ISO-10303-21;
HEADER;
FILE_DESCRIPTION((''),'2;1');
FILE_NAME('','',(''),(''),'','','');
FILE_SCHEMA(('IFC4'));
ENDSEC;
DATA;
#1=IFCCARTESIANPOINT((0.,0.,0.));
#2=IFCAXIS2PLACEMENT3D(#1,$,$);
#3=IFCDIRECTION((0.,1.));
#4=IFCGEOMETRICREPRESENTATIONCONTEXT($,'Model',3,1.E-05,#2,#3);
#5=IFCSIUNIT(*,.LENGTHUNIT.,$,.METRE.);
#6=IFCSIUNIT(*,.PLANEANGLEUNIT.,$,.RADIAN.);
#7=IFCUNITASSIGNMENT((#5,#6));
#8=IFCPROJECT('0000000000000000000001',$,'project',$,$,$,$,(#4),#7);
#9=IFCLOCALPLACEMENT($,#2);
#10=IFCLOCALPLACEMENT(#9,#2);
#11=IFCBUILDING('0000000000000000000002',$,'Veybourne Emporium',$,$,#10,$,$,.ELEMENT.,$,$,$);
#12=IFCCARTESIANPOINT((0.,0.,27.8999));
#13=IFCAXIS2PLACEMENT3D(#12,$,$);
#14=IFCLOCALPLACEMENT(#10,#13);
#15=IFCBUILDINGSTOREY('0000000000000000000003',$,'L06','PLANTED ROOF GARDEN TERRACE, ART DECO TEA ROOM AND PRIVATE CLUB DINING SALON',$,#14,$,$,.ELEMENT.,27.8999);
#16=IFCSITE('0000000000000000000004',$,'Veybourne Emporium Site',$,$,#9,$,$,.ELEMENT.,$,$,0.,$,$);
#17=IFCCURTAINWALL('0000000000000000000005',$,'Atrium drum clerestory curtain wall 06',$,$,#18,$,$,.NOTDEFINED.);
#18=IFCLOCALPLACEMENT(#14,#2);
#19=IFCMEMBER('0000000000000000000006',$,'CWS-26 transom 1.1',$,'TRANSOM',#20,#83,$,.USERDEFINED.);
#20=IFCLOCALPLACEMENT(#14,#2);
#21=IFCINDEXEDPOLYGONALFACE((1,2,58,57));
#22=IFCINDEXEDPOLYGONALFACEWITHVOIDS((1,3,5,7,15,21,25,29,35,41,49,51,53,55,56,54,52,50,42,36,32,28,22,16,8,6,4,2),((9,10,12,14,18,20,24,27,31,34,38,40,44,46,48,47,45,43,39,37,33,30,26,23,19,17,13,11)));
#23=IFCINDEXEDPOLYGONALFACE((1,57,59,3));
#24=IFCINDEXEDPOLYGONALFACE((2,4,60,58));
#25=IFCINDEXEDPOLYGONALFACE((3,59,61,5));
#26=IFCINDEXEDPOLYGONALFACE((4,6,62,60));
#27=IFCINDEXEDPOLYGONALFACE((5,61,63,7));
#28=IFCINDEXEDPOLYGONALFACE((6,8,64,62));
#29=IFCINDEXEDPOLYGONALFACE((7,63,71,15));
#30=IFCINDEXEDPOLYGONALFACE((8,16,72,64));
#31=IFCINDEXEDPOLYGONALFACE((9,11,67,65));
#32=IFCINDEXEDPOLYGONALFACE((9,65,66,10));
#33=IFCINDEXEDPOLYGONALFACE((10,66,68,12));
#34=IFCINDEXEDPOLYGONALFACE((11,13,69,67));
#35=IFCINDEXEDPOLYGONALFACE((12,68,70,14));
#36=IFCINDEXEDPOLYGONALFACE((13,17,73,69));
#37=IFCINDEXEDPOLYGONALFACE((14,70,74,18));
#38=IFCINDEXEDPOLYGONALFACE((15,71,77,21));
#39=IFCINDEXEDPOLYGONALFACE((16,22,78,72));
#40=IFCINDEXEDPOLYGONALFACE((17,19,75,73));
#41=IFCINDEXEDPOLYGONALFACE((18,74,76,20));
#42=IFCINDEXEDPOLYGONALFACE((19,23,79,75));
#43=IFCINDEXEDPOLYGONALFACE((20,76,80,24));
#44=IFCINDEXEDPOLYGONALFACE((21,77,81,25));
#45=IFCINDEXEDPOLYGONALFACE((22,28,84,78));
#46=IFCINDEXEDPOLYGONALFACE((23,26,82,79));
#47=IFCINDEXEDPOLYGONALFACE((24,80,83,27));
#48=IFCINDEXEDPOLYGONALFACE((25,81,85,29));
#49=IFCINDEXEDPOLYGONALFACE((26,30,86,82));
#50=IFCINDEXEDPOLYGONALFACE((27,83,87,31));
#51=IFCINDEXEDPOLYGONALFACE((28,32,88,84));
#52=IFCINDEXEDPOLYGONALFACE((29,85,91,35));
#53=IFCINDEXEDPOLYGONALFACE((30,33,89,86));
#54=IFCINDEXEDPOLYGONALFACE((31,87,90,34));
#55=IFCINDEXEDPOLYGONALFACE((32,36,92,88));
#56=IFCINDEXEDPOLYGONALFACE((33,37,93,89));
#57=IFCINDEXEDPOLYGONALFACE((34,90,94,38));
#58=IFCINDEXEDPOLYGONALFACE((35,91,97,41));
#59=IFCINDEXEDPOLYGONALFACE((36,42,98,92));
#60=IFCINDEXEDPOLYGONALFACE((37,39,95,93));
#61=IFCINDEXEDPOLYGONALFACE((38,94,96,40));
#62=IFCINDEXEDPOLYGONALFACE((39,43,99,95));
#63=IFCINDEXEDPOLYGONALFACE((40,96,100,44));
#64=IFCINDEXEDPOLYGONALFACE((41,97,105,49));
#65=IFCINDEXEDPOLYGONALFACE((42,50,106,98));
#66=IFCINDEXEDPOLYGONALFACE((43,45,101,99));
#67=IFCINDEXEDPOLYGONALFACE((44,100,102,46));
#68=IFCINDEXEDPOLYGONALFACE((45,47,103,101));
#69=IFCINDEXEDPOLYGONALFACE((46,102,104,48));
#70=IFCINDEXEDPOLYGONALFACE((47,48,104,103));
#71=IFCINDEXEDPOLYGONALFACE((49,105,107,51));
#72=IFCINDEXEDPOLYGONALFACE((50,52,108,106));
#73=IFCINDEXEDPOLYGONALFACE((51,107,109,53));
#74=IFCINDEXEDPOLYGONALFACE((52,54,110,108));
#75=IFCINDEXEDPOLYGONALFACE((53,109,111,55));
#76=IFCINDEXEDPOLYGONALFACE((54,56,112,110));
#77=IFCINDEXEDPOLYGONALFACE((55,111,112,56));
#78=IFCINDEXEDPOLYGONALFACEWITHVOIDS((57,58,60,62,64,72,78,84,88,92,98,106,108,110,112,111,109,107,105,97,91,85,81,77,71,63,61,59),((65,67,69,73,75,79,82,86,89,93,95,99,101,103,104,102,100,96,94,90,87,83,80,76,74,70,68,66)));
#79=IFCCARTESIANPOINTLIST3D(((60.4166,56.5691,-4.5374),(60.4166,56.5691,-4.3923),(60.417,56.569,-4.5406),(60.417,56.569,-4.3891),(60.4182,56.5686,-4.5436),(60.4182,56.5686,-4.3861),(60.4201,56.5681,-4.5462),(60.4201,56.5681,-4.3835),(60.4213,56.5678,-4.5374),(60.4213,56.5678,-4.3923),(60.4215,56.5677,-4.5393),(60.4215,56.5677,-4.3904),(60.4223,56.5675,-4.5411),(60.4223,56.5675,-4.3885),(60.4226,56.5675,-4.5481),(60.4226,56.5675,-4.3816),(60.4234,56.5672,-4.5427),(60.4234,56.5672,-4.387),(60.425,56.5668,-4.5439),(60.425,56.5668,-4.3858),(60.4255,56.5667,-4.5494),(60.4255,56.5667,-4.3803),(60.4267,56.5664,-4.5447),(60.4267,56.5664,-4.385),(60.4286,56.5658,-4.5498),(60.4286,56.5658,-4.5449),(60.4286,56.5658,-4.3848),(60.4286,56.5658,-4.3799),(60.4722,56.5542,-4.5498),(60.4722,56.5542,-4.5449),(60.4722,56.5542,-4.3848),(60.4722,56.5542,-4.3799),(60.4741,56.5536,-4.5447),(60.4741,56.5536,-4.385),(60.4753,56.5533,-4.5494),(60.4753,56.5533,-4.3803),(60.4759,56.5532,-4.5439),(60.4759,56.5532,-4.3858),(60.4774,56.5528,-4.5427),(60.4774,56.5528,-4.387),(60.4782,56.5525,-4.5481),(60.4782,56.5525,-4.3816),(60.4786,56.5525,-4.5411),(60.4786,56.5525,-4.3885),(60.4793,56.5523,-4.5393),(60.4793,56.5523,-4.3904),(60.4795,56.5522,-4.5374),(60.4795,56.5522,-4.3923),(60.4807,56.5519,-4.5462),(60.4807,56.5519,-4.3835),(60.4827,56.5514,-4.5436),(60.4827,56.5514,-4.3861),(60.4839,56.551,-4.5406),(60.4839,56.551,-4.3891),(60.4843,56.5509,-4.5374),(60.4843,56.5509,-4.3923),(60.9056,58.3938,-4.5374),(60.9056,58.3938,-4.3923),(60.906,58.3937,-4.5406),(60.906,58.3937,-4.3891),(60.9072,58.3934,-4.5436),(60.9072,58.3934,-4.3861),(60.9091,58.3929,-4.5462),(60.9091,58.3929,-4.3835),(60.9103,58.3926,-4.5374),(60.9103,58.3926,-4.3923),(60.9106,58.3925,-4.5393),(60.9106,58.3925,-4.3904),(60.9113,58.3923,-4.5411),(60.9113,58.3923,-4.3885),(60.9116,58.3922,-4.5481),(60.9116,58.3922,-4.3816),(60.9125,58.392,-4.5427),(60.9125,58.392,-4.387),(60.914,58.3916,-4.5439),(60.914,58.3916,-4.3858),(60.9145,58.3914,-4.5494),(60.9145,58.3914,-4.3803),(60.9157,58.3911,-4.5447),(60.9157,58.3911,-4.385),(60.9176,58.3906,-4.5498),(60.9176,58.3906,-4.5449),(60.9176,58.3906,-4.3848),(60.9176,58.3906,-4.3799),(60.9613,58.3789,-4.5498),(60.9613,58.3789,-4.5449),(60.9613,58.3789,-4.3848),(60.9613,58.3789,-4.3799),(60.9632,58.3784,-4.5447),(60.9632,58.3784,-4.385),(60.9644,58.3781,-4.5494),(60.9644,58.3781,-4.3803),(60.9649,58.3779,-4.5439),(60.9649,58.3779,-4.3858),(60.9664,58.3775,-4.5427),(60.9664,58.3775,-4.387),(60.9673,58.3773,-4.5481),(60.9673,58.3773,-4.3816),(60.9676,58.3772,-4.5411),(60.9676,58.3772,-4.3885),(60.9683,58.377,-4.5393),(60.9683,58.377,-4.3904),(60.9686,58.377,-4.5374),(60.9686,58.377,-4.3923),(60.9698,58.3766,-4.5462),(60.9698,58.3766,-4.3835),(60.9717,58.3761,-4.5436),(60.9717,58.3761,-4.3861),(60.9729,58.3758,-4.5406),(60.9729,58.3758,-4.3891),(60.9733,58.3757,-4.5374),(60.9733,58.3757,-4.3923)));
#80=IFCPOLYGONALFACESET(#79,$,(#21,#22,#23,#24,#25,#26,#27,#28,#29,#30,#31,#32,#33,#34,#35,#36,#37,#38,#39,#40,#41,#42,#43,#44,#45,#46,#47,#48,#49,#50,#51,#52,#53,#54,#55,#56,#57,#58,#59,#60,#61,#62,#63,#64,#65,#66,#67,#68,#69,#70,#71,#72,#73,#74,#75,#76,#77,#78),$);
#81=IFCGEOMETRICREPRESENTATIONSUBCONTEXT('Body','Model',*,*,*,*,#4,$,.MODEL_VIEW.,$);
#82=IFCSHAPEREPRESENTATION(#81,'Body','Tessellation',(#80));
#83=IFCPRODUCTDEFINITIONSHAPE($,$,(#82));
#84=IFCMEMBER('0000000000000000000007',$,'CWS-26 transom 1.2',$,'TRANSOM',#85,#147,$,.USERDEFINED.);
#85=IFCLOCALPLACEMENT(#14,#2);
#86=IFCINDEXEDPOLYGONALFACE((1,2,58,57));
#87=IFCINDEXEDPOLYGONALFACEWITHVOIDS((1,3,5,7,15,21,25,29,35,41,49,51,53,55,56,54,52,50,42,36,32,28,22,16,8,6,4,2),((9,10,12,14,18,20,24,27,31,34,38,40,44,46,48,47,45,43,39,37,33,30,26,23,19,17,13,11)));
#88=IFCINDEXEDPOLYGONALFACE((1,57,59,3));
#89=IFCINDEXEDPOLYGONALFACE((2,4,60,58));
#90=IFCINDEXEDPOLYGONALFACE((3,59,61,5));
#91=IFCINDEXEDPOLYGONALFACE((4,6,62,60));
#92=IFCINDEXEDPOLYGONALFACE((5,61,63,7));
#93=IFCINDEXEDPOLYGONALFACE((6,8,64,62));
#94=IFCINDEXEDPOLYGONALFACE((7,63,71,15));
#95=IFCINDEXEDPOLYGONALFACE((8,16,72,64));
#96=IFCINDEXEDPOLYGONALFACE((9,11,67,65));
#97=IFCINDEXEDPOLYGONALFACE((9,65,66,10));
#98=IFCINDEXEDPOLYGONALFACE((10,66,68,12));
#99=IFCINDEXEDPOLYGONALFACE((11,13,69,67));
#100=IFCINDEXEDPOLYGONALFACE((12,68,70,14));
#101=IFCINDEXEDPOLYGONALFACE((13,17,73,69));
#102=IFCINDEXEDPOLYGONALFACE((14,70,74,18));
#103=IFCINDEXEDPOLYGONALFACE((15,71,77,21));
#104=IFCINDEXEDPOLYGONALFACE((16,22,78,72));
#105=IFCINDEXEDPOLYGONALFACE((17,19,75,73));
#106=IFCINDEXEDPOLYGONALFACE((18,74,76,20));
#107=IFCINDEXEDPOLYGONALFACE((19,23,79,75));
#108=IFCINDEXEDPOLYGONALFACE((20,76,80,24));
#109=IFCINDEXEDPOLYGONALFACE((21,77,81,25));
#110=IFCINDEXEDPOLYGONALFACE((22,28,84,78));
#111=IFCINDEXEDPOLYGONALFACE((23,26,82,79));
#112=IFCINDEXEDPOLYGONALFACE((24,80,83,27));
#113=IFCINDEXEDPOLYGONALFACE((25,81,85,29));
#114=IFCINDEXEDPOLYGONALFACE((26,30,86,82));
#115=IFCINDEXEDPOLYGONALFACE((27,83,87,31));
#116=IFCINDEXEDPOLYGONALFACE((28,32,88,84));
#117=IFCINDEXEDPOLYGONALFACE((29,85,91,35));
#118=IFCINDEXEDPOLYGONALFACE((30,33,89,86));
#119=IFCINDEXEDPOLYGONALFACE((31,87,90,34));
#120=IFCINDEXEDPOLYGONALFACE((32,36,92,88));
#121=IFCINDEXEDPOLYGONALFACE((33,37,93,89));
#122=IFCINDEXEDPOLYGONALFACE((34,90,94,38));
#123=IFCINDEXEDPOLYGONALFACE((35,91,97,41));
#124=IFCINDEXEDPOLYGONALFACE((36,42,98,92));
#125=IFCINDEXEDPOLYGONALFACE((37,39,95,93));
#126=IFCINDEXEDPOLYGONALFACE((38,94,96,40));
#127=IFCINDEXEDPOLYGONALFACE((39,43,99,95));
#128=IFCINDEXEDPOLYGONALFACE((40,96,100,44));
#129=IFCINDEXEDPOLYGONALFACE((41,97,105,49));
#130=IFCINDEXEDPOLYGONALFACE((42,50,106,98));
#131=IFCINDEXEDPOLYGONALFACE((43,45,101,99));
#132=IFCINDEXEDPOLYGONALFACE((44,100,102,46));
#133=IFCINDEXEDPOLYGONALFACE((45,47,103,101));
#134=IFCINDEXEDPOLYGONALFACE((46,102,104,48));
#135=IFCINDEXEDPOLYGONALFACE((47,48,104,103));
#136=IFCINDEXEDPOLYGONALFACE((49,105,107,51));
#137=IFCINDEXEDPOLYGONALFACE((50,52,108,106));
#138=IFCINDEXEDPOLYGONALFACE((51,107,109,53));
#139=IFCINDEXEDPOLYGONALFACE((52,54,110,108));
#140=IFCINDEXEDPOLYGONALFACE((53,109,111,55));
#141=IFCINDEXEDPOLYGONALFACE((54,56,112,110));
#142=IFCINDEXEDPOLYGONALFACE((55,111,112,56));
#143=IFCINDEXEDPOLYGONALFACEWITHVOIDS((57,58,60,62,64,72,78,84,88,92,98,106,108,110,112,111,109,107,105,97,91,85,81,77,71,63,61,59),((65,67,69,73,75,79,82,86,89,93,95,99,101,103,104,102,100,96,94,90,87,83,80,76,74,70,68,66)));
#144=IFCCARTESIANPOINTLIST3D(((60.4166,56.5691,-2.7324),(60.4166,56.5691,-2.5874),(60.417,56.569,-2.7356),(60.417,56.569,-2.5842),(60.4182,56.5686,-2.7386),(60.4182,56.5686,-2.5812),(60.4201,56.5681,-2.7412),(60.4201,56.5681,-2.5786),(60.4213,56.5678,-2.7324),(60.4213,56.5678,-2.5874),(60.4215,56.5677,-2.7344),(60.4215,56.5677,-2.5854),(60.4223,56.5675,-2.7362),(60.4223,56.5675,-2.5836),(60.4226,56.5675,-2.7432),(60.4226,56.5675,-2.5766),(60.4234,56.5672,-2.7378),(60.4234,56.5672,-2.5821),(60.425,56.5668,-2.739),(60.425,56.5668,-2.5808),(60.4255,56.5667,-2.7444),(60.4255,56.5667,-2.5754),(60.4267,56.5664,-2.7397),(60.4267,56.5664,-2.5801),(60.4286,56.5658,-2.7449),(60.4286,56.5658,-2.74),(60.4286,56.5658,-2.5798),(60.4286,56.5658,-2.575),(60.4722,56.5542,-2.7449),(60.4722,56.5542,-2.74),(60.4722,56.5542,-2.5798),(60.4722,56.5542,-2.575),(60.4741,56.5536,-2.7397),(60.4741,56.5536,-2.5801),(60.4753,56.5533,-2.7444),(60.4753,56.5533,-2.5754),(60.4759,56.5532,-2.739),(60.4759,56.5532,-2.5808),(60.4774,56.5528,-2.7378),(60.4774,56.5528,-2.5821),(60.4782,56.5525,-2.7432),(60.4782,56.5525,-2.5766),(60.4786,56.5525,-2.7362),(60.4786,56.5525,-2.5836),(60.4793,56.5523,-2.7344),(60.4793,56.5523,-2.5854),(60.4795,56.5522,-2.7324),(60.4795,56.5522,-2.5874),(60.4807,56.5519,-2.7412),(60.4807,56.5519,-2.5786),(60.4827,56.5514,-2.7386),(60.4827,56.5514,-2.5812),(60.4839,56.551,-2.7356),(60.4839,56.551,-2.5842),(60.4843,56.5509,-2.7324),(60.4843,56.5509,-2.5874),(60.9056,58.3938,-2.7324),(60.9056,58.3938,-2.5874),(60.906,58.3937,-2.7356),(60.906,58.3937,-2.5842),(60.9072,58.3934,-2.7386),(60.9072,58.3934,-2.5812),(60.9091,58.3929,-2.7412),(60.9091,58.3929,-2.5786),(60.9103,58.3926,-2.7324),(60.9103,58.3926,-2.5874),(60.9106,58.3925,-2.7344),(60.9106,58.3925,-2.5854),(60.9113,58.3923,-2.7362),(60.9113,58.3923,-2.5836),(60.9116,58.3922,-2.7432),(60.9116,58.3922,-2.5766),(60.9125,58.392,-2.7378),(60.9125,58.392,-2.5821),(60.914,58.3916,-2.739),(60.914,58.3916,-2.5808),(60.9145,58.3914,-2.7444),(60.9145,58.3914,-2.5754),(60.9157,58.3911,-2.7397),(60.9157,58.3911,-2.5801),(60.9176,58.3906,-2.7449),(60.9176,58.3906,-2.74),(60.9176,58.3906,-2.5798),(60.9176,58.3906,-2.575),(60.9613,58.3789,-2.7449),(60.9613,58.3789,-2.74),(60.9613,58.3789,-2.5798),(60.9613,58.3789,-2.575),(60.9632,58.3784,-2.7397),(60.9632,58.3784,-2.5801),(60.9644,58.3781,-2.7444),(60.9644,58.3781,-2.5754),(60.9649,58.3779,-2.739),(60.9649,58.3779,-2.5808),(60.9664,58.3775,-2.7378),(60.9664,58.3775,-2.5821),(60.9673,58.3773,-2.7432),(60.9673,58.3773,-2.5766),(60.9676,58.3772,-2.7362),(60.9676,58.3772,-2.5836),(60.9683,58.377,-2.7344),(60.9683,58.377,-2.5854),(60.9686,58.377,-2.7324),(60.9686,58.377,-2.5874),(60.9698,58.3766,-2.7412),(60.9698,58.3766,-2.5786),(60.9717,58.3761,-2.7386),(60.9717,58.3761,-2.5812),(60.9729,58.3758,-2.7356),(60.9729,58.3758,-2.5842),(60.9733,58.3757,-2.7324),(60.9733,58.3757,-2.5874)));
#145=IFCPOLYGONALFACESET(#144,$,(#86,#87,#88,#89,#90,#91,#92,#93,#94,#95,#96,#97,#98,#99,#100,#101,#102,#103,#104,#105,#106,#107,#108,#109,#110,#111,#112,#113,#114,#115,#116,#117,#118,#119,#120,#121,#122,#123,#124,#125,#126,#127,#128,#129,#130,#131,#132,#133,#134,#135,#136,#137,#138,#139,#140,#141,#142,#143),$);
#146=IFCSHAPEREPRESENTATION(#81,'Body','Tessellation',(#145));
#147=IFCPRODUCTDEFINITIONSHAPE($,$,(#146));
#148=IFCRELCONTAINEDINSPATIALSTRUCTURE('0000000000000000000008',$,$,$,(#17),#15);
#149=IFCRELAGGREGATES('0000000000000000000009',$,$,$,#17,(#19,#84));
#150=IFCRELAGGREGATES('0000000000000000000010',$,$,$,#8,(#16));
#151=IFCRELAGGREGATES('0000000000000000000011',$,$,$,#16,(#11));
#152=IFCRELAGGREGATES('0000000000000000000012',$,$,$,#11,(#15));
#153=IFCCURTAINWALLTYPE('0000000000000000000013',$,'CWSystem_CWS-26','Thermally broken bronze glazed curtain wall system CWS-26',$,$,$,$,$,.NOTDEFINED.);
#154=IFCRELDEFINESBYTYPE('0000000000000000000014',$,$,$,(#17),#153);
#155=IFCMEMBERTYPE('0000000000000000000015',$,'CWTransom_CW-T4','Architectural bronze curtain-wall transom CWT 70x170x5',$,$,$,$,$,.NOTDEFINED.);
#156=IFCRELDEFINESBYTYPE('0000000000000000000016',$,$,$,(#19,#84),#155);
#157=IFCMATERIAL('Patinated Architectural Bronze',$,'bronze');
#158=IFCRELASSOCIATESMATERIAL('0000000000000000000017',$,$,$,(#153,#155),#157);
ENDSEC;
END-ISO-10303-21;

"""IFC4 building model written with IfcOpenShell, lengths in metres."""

from ifc_helpers import new_model, si_unit, direction, frame, origin, origin_2d, place, context, subcontext, project, spatial, hollow_rectangle, extrude, material, material_profile, profile_set, type_object, element, aggregate, save


model = new_model("IFC4")

# Units and contexts
model_context = context("Model", 3, precision=1e-05, world=origin(), true_north=direction((0.0, 1.0)))
body_context = subcontext(model_context, "Body", "Model", "MODEL_VIEW")
ifc_project = project(units=[si_unit("LENGTHUNIT", "METRE"), si_unit("PLANEANGLEUNIT", "RADIAN")], contexts=[model_context])

# Site, building, storey
site_placement = place(None, origin())
site = spatial("IfcSite", under=ifc_project, at=site_placement, Name="Veybourne Emporium Site", CompositionType="ELEMENT", RefElevation=0.0)
building_placement = place(site_placement, origin())
building = spatial("IfcBuilding", under=site, at=building_placement, Name="Veybourne Emporium", CompositionType="ELEMENT")
storey_placement = place(building_placement, frame((0.0, 0.0, 27.8999)))
storey = spatial("IfcBuildingStorey", under=building, at=storey_placement, Name="L06", Description="PLANTED ROOF GARDEN TERRACE, ART DECO TEA ROOM AND PRIVATE CLUB DINING SALON", CompositionType="ELEMENT", Elevation=27.8999)

# Curtain wall
ifc_material_1 = material(Name="Patinated Architectural Bronze", Category="bronze")
curtain_wall_type_1 = type_object("IfcCurtainWallType", Name="CWSystem_CWS-26", Description="Thermally broken bronze glazed curtain wall system CWS-26", PredefinedType="NOTDEFINED", material=ifc_material_1)
curtain_wall_1_placement = place(storey_placement, origin())
curtain_wall_1 = element("IfcCurtainWall", 1, at=curtain_wall_1_placement, inside=storey, type_object=curtain_wall_type_1, Name="Atrium drum clerestory curtain wall 06", PredefinedType="NOTDEFINED")

# Members
ifc_material_profile_1 = material_profile(ifc_material_1, hollow_rectangle(XDim=0.0701, YDim=0.1699, WallThickness=0.0049, InnerFilletRadius=0.0076, OuterFilletRadius=0.0125, at=origin_2d()), Name="CWT 70x170x5")
ifc_profile_set_1 = profile_set([ifc_material_profile_1], Name="Patinated Architectural Bronze")
member_type_1 = type_object("IfcMemberType", Name="CWTransom_CW-T4", Description="Architectural bronze curtain-wall transom CWT 70x170x5", PredefinedType="NOTDEFINED", material=ifc_profile_set_1)
member_1_placement = place(storey_placement, frame((60.9395, 58.3848, -4.4648), z_axis=(-0.258861, -0.965915, 0.0), x_axis=(0.965915, -0.258861, 0.0)))
member_1 = element("IfcMember", 2, at=member_1_placement, type_object=member_type_1, Name="CWS-26 transom 1.1", ObjectType="TRANSOM", PredefinedType="USERDEFINED", context=body_context, shape_type="SweptSolid", body=[
    extrude(hollow_rectangle(XDim=0.0701, YDim=0.1699, WallThickness=0.0049, InnerFilletRadius=0.0076, OuterFilletRadius=0.0125, at=origin_2d()), origin(), (0.0, 0.0, 1.0), 1.8892),
])
member_2_placement = place(storey_placement, frame((60.9395, 58.3848, -2.6599), z_axis=(-0.258861, -0.965915, 0.0), x_axis=(0.965915, -0.258861, 0.0)))
member_2 = element("IfcMember", 3, at=member_2_placement, type_object=member_type_1, Name="CWS-26 transom 1.2", ObjectType="TRANSOM", PredefinedType="USERDEFINED", context=body_context, shape_type="SweptSolid", body=[
    extrude(hollow_rectangle(XDim=0.0701, YDim=0.1699, WallThickness=0.0049, InnerFilletRadius=0.0076, OuterFilletRadius=0.0125, at=origin_2d()), origin(), (0.0, 0.0, 1.0), 1.8892),
])

aggregate(curtain_wall_1, [member_1, member_2])

save(model, "model.ifc")
